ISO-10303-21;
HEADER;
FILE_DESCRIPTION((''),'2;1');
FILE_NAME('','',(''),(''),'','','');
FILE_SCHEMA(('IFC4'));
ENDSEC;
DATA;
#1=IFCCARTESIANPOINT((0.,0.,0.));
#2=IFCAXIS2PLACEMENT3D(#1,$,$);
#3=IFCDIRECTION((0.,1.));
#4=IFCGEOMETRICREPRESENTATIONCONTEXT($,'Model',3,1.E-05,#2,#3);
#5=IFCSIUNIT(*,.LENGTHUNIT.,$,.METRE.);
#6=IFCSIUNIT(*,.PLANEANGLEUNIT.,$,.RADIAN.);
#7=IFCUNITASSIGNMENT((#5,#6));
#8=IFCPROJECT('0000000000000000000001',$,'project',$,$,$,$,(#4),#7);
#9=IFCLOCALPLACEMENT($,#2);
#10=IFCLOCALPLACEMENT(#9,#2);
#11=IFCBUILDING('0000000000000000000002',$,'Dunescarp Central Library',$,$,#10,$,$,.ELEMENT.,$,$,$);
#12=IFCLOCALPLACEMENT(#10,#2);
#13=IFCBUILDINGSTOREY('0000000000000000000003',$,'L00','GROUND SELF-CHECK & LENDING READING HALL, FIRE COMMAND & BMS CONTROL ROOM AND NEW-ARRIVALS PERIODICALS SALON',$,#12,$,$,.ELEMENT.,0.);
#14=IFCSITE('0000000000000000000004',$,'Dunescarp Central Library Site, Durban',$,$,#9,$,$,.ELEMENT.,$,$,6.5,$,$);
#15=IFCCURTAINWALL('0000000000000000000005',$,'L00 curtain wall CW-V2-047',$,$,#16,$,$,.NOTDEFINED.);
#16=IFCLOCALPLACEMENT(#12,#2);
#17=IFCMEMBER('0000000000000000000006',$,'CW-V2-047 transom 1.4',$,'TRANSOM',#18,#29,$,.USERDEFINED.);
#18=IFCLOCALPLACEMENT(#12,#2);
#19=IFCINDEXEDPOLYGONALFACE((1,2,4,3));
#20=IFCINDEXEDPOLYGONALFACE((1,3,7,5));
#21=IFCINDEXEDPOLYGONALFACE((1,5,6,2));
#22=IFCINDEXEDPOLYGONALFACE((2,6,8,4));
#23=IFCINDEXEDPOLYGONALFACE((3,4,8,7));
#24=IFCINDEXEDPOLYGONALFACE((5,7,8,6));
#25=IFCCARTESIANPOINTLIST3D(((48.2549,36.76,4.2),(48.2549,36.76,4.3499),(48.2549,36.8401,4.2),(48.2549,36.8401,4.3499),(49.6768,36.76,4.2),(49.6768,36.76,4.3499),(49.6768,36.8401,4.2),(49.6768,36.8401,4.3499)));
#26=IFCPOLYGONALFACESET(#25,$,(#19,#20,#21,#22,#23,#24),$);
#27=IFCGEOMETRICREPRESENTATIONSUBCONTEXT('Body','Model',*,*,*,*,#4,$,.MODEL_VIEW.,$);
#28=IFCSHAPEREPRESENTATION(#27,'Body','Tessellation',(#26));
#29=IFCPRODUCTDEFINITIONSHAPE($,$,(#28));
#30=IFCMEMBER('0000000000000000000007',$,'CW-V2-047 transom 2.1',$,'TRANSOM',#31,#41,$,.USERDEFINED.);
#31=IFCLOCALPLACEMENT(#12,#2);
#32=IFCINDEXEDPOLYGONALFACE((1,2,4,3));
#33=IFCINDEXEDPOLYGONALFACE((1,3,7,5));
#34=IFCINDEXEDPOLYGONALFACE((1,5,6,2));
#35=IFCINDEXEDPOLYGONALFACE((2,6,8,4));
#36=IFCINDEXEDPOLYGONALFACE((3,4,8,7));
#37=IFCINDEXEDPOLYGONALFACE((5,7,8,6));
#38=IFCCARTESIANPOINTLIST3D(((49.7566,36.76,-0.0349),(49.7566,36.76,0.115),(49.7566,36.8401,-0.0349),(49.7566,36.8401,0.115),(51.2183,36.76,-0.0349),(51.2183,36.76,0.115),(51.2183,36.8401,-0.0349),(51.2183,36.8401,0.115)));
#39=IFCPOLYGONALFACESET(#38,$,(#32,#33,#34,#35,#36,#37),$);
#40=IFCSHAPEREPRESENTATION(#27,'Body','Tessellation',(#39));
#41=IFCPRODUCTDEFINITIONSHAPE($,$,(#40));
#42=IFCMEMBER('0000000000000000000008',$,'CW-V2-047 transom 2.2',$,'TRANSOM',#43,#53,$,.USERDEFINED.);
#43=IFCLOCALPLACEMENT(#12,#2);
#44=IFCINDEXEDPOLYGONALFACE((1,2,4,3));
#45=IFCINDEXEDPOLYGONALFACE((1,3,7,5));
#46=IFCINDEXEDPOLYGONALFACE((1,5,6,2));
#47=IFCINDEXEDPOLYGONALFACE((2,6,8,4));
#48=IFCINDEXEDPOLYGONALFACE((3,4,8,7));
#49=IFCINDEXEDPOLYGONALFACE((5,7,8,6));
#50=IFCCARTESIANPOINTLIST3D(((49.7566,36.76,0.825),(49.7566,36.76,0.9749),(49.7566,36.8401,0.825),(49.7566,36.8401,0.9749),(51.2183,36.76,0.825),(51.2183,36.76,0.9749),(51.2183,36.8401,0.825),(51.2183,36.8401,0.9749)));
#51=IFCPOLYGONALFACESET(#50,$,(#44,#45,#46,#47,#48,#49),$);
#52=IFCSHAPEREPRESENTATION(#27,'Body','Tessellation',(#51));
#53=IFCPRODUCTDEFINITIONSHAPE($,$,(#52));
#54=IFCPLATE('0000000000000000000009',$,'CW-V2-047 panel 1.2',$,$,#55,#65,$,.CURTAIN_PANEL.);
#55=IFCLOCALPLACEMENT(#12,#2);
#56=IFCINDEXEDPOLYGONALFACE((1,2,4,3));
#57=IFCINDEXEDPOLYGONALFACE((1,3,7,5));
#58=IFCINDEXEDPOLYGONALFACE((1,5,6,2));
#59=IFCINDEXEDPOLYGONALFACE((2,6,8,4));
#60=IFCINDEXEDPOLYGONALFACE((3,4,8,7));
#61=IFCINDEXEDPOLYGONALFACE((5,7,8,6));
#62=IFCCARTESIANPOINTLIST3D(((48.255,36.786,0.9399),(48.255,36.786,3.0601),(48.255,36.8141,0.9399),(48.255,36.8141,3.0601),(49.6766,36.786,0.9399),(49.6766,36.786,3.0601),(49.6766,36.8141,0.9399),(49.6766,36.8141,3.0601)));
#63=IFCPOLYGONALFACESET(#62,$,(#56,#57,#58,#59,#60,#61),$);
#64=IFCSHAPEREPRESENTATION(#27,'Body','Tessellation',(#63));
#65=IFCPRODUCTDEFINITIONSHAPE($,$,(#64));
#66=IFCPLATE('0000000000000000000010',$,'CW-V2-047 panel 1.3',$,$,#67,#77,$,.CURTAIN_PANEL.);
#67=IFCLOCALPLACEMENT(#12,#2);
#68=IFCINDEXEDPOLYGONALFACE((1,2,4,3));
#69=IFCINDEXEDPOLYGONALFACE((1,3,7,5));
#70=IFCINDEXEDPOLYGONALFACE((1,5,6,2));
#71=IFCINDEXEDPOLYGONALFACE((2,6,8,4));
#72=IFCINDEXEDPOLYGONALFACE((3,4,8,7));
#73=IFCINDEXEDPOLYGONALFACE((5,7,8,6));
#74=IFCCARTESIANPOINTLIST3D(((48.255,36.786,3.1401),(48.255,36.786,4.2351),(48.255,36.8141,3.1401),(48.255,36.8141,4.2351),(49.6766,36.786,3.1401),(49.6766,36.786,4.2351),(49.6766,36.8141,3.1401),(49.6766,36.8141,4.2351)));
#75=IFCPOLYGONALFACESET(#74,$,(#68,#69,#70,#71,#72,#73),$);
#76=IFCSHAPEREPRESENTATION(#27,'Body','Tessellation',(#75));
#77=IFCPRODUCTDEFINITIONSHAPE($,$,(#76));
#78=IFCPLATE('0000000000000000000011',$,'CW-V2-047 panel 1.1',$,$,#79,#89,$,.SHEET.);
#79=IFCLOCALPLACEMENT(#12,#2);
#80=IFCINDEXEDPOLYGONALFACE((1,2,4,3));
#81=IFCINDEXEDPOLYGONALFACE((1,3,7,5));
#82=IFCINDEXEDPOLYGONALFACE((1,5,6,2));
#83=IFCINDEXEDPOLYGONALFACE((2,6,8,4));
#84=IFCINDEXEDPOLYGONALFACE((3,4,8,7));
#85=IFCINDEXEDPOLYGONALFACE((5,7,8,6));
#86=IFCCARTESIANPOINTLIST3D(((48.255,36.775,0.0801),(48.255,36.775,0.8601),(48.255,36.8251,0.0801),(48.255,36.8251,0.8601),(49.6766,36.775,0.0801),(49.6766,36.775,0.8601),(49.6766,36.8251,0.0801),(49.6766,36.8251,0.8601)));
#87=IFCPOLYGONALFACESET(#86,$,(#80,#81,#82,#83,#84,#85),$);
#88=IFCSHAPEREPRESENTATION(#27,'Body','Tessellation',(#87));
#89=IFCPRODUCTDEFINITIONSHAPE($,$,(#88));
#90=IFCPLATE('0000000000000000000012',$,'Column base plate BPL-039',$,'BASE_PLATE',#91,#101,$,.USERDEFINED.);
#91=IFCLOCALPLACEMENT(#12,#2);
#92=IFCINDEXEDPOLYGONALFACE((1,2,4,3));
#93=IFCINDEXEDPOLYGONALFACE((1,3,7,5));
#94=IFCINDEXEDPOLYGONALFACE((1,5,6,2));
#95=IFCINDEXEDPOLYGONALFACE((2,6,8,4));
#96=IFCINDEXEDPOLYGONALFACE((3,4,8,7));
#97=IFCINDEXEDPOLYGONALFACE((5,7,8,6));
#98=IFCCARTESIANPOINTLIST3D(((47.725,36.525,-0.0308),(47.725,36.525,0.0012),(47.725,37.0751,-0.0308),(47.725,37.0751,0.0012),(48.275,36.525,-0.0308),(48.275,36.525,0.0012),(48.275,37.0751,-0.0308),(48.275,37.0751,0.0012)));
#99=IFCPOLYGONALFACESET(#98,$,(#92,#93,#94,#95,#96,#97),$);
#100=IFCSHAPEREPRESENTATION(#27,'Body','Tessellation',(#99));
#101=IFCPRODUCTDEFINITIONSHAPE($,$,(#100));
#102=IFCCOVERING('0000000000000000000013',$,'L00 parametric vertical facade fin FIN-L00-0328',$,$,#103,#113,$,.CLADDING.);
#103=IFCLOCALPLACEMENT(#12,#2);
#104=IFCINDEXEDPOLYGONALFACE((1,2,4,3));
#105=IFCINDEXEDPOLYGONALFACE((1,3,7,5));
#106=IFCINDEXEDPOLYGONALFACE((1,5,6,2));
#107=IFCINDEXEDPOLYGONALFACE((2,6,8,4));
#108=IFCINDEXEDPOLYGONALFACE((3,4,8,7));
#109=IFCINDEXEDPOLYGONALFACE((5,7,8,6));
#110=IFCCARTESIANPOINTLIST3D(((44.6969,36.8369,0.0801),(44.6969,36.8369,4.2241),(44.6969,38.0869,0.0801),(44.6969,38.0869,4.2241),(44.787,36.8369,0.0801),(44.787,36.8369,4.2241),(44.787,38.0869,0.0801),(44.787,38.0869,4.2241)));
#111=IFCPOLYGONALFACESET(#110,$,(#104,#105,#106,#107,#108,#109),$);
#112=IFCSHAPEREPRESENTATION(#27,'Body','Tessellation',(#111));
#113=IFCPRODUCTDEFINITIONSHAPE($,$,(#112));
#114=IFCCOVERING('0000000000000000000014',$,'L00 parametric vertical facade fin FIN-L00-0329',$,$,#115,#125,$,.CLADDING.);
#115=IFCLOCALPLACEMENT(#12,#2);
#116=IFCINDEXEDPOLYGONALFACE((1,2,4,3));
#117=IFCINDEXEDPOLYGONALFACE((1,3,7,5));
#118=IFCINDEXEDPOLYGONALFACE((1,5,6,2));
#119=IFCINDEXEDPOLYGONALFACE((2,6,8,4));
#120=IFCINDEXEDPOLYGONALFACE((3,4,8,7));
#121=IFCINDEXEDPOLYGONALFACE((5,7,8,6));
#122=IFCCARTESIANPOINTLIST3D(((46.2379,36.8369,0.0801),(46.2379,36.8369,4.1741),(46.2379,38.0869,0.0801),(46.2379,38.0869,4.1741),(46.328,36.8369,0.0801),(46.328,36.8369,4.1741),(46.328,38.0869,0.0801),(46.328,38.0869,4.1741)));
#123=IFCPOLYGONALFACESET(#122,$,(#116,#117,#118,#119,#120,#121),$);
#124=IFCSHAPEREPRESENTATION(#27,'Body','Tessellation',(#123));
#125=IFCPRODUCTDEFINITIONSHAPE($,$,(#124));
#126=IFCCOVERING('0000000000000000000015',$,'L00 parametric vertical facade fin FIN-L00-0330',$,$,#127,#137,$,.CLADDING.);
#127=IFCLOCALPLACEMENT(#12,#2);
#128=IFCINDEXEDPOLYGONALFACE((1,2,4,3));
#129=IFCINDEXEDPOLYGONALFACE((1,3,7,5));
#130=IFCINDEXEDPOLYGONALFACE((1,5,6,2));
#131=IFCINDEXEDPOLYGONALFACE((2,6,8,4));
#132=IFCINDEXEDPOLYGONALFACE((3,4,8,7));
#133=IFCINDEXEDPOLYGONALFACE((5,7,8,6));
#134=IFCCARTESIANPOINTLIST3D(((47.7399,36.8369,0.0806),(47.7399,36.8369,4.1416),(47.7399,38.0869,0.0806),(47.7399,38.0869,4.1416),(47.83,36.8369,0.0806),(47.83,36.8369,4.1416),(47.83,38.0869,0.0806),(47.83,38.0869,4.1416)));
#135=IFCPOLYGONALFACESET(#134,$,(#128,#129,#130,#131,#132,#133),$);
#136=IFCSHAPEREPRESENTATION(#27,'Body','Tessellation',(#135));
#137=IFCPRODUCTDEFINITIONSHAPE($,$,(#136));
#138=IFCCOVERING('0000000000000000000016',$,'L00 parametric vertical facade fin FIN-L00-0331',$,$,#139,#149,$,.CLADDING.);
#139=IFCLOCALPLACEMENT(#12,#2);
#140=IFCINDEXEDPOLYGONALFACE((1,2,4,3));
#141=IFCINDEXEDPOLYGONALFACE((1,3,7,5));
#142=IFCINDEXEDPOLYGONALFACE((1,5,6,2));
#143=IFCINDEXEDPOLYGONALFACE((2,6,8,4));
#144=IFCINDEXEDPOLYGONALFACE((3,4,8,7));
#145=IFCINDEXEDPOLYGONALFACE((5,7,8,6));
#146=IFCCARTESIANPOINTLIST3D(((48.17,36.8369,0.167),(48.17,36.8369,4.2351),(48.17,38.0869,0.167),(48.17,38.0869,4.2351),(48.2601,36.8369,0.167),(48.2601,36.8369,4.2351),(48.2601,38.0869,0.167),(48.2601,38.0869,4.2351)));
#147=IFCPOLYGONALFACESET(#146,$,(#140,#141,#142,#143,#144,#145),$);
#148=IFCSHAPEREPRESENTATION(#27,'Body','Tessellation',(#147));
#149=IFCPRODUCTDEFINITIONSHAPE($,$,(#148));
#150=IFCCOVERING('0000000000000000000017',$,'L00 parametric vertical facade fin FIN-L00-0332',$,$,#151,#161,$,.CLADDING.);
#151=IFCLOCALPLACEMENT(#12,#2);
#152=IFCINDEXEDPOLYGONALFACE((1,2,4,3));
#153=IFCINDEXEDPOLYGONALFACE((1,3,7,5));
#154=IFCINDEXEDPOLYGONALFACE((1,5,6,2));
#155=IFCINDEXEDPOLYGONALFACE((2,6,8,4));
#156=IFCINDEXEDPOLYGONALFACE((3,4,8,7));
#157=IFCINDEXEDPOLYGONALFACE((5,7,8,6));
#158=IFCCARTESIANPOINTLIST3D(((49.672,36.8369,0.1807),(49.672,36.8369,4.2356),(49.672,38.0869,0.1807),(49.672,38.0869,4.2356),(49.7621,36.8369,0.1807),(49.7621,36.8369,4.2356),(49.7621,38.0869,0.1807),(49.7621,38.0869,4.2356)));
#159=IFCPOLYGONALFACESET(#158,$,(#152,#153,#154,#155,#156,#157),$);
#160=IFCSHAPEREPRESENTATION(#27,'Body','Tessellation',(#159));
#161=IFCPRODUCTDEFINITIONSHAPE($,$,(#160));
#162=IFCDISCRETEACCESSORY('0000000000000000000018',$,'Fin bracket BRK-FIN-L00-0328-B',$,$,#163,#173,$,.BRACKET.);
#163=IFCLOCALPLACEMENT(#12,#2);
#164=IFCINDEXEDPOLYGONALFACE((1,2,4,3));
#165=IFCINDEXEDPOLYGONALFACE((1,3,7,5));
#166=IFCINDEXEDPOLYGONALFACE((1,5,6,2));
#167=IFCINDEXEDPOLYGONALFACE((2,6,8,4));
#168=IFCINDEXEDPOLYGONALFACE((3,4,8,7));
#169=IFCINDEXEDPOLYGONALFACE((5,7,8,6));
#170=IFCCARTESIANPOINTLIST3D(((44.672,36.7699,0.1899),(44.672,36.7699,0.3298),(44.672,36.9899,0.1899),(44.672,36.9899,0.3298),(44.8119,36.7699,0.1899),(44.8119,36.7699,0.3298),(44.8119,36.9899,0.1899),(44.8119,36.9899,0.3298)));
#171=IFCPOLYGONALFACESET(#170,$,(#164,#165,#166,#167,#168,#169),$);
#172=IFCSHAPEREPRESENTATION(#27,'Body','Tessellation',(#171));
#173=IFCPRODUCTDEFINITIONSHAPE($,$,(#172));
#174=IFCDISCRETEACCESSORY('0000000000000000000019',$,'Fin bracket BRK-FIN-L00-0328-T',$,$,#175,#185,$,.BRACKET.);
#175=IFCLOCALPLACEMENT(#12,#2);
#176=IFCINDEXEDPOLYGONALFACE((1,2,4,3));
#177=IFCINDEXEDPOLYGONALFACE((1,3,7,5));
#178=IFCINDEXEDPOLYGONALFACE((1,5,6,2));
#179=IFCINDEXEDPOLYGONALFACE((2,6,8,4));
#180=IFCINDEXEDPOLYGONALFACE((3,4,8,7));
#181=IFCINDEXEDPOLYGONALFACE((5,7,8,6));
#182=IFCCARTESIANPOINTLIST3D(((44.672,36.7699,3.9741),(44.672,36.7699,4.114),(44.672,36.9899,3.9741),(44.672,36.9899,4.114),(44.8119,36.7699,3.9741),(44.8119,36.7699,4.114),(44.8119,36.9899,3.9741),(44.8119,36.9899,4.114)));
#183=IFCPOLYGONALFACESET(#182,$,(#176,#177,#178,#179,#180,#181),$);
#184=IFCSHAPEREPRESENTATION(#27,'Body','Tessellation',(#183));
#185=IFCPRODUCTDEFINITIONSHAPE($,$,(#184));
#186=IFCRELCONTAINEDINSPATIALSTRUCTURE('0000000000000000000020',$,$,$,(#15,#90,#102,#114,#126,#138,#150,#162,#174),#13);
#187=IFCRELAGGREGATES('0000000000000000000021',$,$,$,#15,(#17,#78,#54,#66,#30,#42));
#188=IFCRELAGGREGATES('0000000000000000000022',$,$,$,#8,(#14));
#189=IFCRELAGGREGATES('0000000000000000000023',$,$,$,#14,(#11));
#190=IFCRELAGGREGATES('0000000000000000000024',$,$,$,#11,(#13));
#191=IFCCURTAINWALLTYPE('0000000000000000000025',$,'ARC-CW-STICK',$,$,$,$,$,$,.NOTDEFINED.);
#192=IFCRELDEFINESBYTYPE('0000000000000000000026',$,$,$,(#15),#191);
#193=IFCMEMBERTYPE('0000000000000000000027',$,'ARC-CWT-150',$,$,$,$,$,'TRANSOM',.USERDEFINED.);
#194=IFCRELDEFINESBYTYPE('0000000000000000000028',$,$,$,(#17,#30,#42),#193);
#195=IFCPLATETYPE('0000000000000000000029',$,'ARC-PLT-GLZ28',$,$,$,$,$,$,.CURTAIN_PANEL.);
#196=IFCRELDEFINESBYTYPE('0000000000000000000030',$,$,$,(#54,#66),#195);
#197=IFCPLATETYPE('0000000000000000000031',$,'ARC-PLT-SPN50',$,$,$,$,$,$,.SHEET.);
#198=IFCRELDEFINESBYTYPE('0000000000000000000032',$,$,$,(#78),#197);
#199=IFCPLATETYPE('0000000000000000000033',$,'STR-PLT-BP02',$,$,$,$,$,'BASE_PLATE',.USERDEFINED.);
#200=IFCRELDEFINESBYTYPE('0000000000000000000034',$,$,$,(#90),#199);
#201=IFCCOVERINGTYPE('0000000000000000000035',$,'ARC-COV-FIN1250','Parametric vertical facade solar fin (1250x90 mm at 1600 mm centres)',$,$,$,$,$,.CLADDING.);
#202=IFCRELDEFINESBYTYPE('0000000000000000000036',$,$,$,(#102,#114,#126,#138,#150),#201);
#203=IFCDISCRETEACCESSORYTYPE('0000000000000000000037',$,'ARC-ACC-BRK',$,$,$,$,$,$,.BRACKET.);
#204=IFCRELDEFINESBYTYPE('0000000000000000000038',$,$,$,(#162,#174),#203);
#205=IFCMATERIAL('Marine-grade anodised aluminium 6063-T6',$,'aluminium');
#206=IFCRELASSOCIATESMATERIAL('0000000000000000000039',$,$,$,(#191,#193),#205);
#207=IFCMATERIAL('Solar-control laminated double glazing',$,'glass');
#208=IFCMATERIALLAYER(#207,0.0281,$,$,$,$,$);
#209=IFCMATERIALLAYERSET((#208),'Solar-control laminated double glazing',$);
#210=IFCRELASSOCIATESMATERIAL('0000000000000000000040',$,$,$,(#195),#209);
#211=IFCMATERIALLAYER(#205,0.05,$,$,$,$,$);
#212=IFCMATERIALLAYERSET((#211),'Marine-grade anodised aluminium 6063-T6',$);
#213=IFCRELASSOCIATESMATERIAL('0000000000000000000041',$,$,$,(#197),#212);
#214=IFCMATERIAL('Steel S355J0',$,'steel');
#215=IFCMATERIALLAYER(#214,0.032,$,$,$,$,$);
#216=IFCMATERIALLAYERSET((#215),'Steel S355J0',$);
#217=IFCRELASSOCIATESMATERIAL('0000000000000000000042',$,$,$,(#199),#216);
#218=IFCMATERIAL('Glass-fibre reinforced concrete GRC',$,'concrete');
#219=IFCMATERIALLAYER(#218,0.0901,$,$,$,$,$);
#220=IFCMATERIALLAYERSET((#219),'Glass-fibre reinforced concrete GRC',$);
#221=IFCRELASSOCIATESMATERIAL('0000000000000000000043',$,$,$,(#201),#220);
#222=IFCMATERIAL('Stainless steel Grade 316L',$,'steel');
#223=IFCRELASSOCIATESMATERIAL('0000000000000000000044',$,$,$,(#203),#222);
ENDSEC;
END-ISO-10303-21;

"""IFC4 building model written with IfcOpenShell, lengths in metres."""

from ifc_helpers import new_model, si_unit, direction, frame, origin, origin_2d, place, context, subcontext, project, spatial, rectangle, extrude, material, layer, layer_set, material_profile, profile_set, type_object, element, aggregate, save


model = new_model("IFC4")

# Units and contexts
model_context = context("Model", 3, precision=1e-05, world=origin(), true_north=direction((0.0, 1.0)))
body_context = subcontext(model_context, "Body", "Model", "MODEL_VIEW")
ifc_project = project(units=[si_unit("LENGTHUNIT", "METRE"), si_unit("PLANEANGLEUNIT", "RADIAN")], contexts=[model_context])

# Site, building, storey
site_placement = place(None, origin())
site = spatial("IfcSite", under=ifc_project, at=site_placement, Name="Dunescarp Central Library Site, Durban", CompositionType="ELEMENT", RefElevation=6.5)
building_placement = place(site_placement, origin())
building = spatial("IfcBuilding", under=site, at=building_placement, Name="Dunescarp Central Library", CompositionType="ELEMENT")
storey_placement = place(building_placement, origin())
storey = spatial("IfcBuildingStorey", under=building, at=storey_placement, Name="L00", Description="GROUND SELF-CHECK & LENDING READING HALL, FIRE COMMAND & BMS CONTROL ROOM AND NEW-ARRIVALS PERIODICALS SALON", CompositionType="ELEMENT", Elevation=0.0)

# Curtain wall, members, plates
ifc_material_1 = material(Name="Marine-grade anodised aluminium 6063-T6", Category="aluminium")
curtain_wall_type = type_object("IfcCurtainWallType", Name="ARC-CW-STICK", PredefinedType="NOTDEFINED", material=ifc_material_1)
curtain_wall_placement = place(storey_placement, origin())
curtain_wall = element("IfcCurtainWall", 1, at=curtain_wall_placement, inside=storey, type_object=curtain_wall_type, Name="L00 curtain wall CW-V2-047", PredefinedType="NOTDEFINED")
ifc_material_profile_1 = material_profile(ifc_material_1, rectangle(XDim=0.0801, YDim=0.1499, at=origin_2d()), Name="AL 80x150")
ifc_profile_set_1 = profile_set([ifc_material_profile_1], Name="Marine-grade anodised aluminium 6063-T6")
member_type_1 = type_object("IfcMemberType", Name="ARC-CWT-150", ElementType="TRANSOM", PredefinedType="USERDEFINED", material=ifc_profile_set_1)
member_1_placement = place(storey_placement, frame((48.2549, 36.8, 4.2749), z_axis=(1.0, 0.0, 0.0), x_axis=(0.0, 1.0, 0.0)))
member_1 = element("IfcMember", 2, at=member_1_placement, type_object=member_type_1, Name="CW-V2-047 transom 1.4", ObjectType="TRANSOM", PredefinedType="USERDEFINED", context=body_context, shape_type="SweptSolid", body=[
    extrude(rectangle(XDim=0.0801, YDim=0.1499, at=origin_2d()), origin(), (0.0, 0.0, 1.0), 1.4219),
])
member_2_placement = place(storey_placement, frame((49.7566, 36.8, 0.04), z_axis=(1.0, 0.0, 0.0), x_axis=(0.0, 1.0, 0.0)))
member_2 = element("IfcMember", 3, at=member_2_placement, type_object=member_type_1, Name="CW-V2-047 transom 2.1", ObjectType="TRANSOM", PredefinedType="USERDEFINED", context=body_context, shape_type="SweptSolid", body=[
    extrude(rectangle(XDim=0.0801, YDim=0.1499, at=origin_2d()), origin(), (0.0, 0.0, 1.0), 1.4617),
])
member_3_placement = place(storey_placement, frame((49.7566, 36.8, 0.8999), z_axis=(1.0, 0.0, 0.0), x_axis=(0.0, 1.0, 0.0)))
member_3 = element("IfcMember", 4, at=member_3_placement, type_object=member_type_1, Name="CW-V2-047 transom 2.2", ObjectType="TRANSOM", PredefinedType="USERDEFINED", context=body_context, shape_type="SweptSolid", body=[
    extrude(rectangle(XDim=0.0801, YDim=0.1499, at=origin_2d()), origin(), (0.0, 0.0, 1.0), 1.4617),
])
ifc_material_2 = material(Name="Solar-control laminated double glazing", Category="glass")
ifc_layer_1 = layer(ifc_material_2, 0.0281)
ifc_layer_set_1 = layer_set([ifc_layer_1], Name="Solar-control laminated double glazing")
plate_type_1 = type_object("IfcPlateType", Name="ARC-PLT-GLZ28", PredefinedType="CURTAIN_PANEL", material=ifc_layer_set_1)
plate_1_placement = place(storey_placement, frame((48.9658, 36.8, 0.9399), z_axis=(0.0, 0.0, 1.0), x_axis=(1.0, 0.0, 0.0)))
plate_1 = element("IfcPlate", 5, at=plate_1_placement, type_object=plate_type_1, Name="CW-V2-047 panel 1.2", PredefinedType="CURTAIN_PANEL", context=body_context, shape_type="SweptSolid", body=[
    extrude(rectangle(XDim=1.4216, YDim=0.0281, at=origin_2d()), origin(), (0.0, 0.0, 1.0), 2.1201),
])
plate_2_placement = place(storey_placement, frame((48.9658, 36.8, 3.1401), z_axis=(0.0, 0.0, 1.0), x_axis=(1.0, 0.0, 0.0)))
plate_2 = element("IfcPlate", 6, at=plate_2_placement, type_object=plate_type_1, Name="CW-V2-047 panel 1.3", PredefinedType="CURTAIN_PANEL", context=body_context, shape_type="SweptSolid", body=[
    extrude(rectangle(XDim=1.4216, YDim=0.0281, at=origin_2d()), origin(), (0.0, 0.0, 1.0), 1.095),
])
ifc_layer_2 = layer(ifc_material_1, 0.05)
ifc_layer_set_2 = layer_set([ifc_layer_2], Name="Marine-grade anodised aluminium 6063-T6")
plate_type_2 = type_object("IfcPlateType", Name="ARC-PLT-SPN50", PredefinedType="SHEET", material=ifc_layer_set_2)
plate_3_placement = place(storey_placement, frame((48.9658, 36.8, 0.0801), z_axis=(0.0, 0.0, 1.0), x_axis=(1.0, 0.0, 0.0)))
plate_3 = element("IfcPlate", 7, at=plate_3_placement, type_object=plate_type_2, Name="CW-V2-047 panel 1.1", PredefinedType="SHEET", context=body_context, shape_type="SweptSolid", body=[
    extrude(rectangle(XDim=1.4216, YDim=0.05, at=origin_2d()), origin(), (0.0, 0.0, 1.0), 0.78),
])
aggregate(curtain_wall, [member_1, plate_3, plate_1, plate_2, member_2, member_3])

# Plate
ifc_material_3 = material(Name="Steel S355J0", Category="steel")
ifc_layer_3 = layer(ifc_material_3, 0.032)
ifc_layer_set_3 = layer_set([ifc_layer_3], Name="Steel S355J0")
plate_type_3 = type_object("IfcPlateType", Name="STR-PLT-BP02", ElementType="BASE_PLATE", PredefinedType="USERDEFINED", material=ifc_layer_set_3)
plate_4_placement = place(storey_placement, frame((48.0, 36.8, -0.0308), z_axis=(0.0, 0.0, 1.0), x_axis=(1.0, 0.0, 0.0)))
element("IfcPlate", 8, at=plate_4_placement, inside=storey, type_object=plate_type_3, Name="Column base plate BPL-039", ObjectType="BASE_PLATE", PredefinedType="USERDEFINED", context=body_context, shape_type="SweptSolid", body=[
    extrude(rectangle(XDim=0.55, YDim=0.55, at=origin_2d()), origin(), (0.0, 0.0, 1.0), 0.032),
])

# Coverings
ifc_material_4 = material(Name="Glass-fibre reinforced concrete GRC", Category="concrete")
ifc_layer_4 = layer(ifc_material_4, 0.0901)
ifc_layer_set_4 = layer_set([ifc_layer_4], Name="Glass-fibre reinforced concrete GRC")
covering_type = type_object("IfcCoveringType", Name="ARC-COV-FIN1250", Description="Parametric vertical facade solar fin (1250x90 mm at 1600 mm centres)", PredefinedType="CLADDING", material=ifc_layer_set_4)
covering_1_placement = place(storey_placement, frame((44.7419, 37.4619, 0.0801), z_axis=(0.0, 0.0, 1.0), x_axis=(0.0, 1.0, 0.0)))
element("IfcCovering", 9, at=covering_1_placement, inside=storey, type_object=covering_type, Name="L00 parametric vertical facade fin FIN-L00-0328", PredefinedType="CLADDING", context=body_context, shape_type="SweptSolid", body=[
    extrude(rectangle(XDim=1.25, YDim=0.0901, at=origin_2d()), origin(), (0.0, 0.0, 1.0), 4.144),
])
covering_2_placement = place(storey_placement, frame((46.283, 37.4619, 0.0801), z_axis=(0.0, 0.0, 1.0), x_axis=(0.0, 1.0, 0.0)))
element("IfcCovering", 10, at=covering_2_placement, inside=storey, type_object=covering_type, Name="L00 parametric vertical facade fin FIN-L00-0329", PredefinedType="CLADDING", context=body_context, shape_type="SweptSolid", body=[
    extrude(rectangle(XDim=1.25, YDim=0.0901, at=origin_2d()), origin(), (0.0, 0.0, 1.0), 4.094),
])
covering_3_placement = place(storey_placement, frame((47.7849, 37.4619, 0.0806), z_axis=(0.0, 0.0, 1.0), x_axis=(0.0, 1.0, 0.0)))
element("IfcCovering", 11, at=covering_3_placement, inside=storey, type_object=covering_type, Name="L00 parametric vertical facade fin FIN-L00-0330", PredefinedType="CLADDING", context=body_context, shape_type="SweptSolid", body=[
    extrude(rectangle(XDim=1.25, YDim=0.0901, at=origin_2d()), origin(), (0.0, 0.0, 1.0), 4.061),
])
covering_4_placement = place(storey_placement, frame((48.2151, 37.4619, 0.167), z_axis=(0.0, 0.0, 1.0), x_axis=(0.0, 1.0, 0.0)))
element("IfcCovering", 12, at=covering_4_placement, inside=storey, type_object=covering_type, Name="L00 parametric vertical facade fin FIN-L00-0331", PredefinedType="CLADDING", context=body_context, shape_type="SweptSolid", body=[
    extrude(rectangle(XDim=1.25, YDim=0.0901, at=origin_2d()), origin(), (0.0, 0.0, 1.0), 4.0681),
])
covering_5_placement = place(storey_placement, frame((49.717, 37.4619, 0.1807), z_axis=(0.0, 0.0, 1.0), x_axis=(0.0, 1.0, 0.0)))
element("IfcCovering", 13, at=covering_5_placement, inside=storey, type_object=covering_type, Name="L00 parametric vertical facade fin FIN-L00-0332", PredefinedType="CLADDING", context=body_context, shape_type="SweptSolid", body=[
    extrude(rectangle(XDim=1.25, YDim=0.0901, at=origin_2d()), origin(), (0.0, 0.0, 1.0), 4.0549),
])

# Discrete accessories
ifc_material_5 = material(Name="Stainless steel Grade 316L", Category="steel")
discrete_accessory_type = type_object("IfcDiscreteAccessoryType", Name="ARC-ACC-BRK", PredefinedType="BRACKET", material=ifc_material_5)
for number, where, z_axis, x_axis, name in (
    (14, (44.7419, 36.8799, 0.1899), (0.0, 0.0, 1.0), (0.0, 1.0, 0.0), "Fin bracket BRK-FIN-L00-0328-B"),
    (15, (44.7419, 36.8799, 3.9741), (0.0, 0.0, 1.0), (0.0, 1.0, 0.0), "Fin bracket BRK-FIN-L00-0328-T"),
):
    element("IfcDiscreteAccessory", number, at=place(storey_placement, frame(where, z_axis=z_axis, x_axis=x_axis)), inside=storey, type_object=discrete_accessory_type, Name=name, PredefinedType="BRACKET", context=body_context, shape_type="SweptSolid", body=[
        extrude(rectangle(XDim=0.22, YDim=0.1399, at=origin_2d()), origin(), (0.0, 0.0, 1.0), 0.1399),
    ])

save(model, "model.ifc")
